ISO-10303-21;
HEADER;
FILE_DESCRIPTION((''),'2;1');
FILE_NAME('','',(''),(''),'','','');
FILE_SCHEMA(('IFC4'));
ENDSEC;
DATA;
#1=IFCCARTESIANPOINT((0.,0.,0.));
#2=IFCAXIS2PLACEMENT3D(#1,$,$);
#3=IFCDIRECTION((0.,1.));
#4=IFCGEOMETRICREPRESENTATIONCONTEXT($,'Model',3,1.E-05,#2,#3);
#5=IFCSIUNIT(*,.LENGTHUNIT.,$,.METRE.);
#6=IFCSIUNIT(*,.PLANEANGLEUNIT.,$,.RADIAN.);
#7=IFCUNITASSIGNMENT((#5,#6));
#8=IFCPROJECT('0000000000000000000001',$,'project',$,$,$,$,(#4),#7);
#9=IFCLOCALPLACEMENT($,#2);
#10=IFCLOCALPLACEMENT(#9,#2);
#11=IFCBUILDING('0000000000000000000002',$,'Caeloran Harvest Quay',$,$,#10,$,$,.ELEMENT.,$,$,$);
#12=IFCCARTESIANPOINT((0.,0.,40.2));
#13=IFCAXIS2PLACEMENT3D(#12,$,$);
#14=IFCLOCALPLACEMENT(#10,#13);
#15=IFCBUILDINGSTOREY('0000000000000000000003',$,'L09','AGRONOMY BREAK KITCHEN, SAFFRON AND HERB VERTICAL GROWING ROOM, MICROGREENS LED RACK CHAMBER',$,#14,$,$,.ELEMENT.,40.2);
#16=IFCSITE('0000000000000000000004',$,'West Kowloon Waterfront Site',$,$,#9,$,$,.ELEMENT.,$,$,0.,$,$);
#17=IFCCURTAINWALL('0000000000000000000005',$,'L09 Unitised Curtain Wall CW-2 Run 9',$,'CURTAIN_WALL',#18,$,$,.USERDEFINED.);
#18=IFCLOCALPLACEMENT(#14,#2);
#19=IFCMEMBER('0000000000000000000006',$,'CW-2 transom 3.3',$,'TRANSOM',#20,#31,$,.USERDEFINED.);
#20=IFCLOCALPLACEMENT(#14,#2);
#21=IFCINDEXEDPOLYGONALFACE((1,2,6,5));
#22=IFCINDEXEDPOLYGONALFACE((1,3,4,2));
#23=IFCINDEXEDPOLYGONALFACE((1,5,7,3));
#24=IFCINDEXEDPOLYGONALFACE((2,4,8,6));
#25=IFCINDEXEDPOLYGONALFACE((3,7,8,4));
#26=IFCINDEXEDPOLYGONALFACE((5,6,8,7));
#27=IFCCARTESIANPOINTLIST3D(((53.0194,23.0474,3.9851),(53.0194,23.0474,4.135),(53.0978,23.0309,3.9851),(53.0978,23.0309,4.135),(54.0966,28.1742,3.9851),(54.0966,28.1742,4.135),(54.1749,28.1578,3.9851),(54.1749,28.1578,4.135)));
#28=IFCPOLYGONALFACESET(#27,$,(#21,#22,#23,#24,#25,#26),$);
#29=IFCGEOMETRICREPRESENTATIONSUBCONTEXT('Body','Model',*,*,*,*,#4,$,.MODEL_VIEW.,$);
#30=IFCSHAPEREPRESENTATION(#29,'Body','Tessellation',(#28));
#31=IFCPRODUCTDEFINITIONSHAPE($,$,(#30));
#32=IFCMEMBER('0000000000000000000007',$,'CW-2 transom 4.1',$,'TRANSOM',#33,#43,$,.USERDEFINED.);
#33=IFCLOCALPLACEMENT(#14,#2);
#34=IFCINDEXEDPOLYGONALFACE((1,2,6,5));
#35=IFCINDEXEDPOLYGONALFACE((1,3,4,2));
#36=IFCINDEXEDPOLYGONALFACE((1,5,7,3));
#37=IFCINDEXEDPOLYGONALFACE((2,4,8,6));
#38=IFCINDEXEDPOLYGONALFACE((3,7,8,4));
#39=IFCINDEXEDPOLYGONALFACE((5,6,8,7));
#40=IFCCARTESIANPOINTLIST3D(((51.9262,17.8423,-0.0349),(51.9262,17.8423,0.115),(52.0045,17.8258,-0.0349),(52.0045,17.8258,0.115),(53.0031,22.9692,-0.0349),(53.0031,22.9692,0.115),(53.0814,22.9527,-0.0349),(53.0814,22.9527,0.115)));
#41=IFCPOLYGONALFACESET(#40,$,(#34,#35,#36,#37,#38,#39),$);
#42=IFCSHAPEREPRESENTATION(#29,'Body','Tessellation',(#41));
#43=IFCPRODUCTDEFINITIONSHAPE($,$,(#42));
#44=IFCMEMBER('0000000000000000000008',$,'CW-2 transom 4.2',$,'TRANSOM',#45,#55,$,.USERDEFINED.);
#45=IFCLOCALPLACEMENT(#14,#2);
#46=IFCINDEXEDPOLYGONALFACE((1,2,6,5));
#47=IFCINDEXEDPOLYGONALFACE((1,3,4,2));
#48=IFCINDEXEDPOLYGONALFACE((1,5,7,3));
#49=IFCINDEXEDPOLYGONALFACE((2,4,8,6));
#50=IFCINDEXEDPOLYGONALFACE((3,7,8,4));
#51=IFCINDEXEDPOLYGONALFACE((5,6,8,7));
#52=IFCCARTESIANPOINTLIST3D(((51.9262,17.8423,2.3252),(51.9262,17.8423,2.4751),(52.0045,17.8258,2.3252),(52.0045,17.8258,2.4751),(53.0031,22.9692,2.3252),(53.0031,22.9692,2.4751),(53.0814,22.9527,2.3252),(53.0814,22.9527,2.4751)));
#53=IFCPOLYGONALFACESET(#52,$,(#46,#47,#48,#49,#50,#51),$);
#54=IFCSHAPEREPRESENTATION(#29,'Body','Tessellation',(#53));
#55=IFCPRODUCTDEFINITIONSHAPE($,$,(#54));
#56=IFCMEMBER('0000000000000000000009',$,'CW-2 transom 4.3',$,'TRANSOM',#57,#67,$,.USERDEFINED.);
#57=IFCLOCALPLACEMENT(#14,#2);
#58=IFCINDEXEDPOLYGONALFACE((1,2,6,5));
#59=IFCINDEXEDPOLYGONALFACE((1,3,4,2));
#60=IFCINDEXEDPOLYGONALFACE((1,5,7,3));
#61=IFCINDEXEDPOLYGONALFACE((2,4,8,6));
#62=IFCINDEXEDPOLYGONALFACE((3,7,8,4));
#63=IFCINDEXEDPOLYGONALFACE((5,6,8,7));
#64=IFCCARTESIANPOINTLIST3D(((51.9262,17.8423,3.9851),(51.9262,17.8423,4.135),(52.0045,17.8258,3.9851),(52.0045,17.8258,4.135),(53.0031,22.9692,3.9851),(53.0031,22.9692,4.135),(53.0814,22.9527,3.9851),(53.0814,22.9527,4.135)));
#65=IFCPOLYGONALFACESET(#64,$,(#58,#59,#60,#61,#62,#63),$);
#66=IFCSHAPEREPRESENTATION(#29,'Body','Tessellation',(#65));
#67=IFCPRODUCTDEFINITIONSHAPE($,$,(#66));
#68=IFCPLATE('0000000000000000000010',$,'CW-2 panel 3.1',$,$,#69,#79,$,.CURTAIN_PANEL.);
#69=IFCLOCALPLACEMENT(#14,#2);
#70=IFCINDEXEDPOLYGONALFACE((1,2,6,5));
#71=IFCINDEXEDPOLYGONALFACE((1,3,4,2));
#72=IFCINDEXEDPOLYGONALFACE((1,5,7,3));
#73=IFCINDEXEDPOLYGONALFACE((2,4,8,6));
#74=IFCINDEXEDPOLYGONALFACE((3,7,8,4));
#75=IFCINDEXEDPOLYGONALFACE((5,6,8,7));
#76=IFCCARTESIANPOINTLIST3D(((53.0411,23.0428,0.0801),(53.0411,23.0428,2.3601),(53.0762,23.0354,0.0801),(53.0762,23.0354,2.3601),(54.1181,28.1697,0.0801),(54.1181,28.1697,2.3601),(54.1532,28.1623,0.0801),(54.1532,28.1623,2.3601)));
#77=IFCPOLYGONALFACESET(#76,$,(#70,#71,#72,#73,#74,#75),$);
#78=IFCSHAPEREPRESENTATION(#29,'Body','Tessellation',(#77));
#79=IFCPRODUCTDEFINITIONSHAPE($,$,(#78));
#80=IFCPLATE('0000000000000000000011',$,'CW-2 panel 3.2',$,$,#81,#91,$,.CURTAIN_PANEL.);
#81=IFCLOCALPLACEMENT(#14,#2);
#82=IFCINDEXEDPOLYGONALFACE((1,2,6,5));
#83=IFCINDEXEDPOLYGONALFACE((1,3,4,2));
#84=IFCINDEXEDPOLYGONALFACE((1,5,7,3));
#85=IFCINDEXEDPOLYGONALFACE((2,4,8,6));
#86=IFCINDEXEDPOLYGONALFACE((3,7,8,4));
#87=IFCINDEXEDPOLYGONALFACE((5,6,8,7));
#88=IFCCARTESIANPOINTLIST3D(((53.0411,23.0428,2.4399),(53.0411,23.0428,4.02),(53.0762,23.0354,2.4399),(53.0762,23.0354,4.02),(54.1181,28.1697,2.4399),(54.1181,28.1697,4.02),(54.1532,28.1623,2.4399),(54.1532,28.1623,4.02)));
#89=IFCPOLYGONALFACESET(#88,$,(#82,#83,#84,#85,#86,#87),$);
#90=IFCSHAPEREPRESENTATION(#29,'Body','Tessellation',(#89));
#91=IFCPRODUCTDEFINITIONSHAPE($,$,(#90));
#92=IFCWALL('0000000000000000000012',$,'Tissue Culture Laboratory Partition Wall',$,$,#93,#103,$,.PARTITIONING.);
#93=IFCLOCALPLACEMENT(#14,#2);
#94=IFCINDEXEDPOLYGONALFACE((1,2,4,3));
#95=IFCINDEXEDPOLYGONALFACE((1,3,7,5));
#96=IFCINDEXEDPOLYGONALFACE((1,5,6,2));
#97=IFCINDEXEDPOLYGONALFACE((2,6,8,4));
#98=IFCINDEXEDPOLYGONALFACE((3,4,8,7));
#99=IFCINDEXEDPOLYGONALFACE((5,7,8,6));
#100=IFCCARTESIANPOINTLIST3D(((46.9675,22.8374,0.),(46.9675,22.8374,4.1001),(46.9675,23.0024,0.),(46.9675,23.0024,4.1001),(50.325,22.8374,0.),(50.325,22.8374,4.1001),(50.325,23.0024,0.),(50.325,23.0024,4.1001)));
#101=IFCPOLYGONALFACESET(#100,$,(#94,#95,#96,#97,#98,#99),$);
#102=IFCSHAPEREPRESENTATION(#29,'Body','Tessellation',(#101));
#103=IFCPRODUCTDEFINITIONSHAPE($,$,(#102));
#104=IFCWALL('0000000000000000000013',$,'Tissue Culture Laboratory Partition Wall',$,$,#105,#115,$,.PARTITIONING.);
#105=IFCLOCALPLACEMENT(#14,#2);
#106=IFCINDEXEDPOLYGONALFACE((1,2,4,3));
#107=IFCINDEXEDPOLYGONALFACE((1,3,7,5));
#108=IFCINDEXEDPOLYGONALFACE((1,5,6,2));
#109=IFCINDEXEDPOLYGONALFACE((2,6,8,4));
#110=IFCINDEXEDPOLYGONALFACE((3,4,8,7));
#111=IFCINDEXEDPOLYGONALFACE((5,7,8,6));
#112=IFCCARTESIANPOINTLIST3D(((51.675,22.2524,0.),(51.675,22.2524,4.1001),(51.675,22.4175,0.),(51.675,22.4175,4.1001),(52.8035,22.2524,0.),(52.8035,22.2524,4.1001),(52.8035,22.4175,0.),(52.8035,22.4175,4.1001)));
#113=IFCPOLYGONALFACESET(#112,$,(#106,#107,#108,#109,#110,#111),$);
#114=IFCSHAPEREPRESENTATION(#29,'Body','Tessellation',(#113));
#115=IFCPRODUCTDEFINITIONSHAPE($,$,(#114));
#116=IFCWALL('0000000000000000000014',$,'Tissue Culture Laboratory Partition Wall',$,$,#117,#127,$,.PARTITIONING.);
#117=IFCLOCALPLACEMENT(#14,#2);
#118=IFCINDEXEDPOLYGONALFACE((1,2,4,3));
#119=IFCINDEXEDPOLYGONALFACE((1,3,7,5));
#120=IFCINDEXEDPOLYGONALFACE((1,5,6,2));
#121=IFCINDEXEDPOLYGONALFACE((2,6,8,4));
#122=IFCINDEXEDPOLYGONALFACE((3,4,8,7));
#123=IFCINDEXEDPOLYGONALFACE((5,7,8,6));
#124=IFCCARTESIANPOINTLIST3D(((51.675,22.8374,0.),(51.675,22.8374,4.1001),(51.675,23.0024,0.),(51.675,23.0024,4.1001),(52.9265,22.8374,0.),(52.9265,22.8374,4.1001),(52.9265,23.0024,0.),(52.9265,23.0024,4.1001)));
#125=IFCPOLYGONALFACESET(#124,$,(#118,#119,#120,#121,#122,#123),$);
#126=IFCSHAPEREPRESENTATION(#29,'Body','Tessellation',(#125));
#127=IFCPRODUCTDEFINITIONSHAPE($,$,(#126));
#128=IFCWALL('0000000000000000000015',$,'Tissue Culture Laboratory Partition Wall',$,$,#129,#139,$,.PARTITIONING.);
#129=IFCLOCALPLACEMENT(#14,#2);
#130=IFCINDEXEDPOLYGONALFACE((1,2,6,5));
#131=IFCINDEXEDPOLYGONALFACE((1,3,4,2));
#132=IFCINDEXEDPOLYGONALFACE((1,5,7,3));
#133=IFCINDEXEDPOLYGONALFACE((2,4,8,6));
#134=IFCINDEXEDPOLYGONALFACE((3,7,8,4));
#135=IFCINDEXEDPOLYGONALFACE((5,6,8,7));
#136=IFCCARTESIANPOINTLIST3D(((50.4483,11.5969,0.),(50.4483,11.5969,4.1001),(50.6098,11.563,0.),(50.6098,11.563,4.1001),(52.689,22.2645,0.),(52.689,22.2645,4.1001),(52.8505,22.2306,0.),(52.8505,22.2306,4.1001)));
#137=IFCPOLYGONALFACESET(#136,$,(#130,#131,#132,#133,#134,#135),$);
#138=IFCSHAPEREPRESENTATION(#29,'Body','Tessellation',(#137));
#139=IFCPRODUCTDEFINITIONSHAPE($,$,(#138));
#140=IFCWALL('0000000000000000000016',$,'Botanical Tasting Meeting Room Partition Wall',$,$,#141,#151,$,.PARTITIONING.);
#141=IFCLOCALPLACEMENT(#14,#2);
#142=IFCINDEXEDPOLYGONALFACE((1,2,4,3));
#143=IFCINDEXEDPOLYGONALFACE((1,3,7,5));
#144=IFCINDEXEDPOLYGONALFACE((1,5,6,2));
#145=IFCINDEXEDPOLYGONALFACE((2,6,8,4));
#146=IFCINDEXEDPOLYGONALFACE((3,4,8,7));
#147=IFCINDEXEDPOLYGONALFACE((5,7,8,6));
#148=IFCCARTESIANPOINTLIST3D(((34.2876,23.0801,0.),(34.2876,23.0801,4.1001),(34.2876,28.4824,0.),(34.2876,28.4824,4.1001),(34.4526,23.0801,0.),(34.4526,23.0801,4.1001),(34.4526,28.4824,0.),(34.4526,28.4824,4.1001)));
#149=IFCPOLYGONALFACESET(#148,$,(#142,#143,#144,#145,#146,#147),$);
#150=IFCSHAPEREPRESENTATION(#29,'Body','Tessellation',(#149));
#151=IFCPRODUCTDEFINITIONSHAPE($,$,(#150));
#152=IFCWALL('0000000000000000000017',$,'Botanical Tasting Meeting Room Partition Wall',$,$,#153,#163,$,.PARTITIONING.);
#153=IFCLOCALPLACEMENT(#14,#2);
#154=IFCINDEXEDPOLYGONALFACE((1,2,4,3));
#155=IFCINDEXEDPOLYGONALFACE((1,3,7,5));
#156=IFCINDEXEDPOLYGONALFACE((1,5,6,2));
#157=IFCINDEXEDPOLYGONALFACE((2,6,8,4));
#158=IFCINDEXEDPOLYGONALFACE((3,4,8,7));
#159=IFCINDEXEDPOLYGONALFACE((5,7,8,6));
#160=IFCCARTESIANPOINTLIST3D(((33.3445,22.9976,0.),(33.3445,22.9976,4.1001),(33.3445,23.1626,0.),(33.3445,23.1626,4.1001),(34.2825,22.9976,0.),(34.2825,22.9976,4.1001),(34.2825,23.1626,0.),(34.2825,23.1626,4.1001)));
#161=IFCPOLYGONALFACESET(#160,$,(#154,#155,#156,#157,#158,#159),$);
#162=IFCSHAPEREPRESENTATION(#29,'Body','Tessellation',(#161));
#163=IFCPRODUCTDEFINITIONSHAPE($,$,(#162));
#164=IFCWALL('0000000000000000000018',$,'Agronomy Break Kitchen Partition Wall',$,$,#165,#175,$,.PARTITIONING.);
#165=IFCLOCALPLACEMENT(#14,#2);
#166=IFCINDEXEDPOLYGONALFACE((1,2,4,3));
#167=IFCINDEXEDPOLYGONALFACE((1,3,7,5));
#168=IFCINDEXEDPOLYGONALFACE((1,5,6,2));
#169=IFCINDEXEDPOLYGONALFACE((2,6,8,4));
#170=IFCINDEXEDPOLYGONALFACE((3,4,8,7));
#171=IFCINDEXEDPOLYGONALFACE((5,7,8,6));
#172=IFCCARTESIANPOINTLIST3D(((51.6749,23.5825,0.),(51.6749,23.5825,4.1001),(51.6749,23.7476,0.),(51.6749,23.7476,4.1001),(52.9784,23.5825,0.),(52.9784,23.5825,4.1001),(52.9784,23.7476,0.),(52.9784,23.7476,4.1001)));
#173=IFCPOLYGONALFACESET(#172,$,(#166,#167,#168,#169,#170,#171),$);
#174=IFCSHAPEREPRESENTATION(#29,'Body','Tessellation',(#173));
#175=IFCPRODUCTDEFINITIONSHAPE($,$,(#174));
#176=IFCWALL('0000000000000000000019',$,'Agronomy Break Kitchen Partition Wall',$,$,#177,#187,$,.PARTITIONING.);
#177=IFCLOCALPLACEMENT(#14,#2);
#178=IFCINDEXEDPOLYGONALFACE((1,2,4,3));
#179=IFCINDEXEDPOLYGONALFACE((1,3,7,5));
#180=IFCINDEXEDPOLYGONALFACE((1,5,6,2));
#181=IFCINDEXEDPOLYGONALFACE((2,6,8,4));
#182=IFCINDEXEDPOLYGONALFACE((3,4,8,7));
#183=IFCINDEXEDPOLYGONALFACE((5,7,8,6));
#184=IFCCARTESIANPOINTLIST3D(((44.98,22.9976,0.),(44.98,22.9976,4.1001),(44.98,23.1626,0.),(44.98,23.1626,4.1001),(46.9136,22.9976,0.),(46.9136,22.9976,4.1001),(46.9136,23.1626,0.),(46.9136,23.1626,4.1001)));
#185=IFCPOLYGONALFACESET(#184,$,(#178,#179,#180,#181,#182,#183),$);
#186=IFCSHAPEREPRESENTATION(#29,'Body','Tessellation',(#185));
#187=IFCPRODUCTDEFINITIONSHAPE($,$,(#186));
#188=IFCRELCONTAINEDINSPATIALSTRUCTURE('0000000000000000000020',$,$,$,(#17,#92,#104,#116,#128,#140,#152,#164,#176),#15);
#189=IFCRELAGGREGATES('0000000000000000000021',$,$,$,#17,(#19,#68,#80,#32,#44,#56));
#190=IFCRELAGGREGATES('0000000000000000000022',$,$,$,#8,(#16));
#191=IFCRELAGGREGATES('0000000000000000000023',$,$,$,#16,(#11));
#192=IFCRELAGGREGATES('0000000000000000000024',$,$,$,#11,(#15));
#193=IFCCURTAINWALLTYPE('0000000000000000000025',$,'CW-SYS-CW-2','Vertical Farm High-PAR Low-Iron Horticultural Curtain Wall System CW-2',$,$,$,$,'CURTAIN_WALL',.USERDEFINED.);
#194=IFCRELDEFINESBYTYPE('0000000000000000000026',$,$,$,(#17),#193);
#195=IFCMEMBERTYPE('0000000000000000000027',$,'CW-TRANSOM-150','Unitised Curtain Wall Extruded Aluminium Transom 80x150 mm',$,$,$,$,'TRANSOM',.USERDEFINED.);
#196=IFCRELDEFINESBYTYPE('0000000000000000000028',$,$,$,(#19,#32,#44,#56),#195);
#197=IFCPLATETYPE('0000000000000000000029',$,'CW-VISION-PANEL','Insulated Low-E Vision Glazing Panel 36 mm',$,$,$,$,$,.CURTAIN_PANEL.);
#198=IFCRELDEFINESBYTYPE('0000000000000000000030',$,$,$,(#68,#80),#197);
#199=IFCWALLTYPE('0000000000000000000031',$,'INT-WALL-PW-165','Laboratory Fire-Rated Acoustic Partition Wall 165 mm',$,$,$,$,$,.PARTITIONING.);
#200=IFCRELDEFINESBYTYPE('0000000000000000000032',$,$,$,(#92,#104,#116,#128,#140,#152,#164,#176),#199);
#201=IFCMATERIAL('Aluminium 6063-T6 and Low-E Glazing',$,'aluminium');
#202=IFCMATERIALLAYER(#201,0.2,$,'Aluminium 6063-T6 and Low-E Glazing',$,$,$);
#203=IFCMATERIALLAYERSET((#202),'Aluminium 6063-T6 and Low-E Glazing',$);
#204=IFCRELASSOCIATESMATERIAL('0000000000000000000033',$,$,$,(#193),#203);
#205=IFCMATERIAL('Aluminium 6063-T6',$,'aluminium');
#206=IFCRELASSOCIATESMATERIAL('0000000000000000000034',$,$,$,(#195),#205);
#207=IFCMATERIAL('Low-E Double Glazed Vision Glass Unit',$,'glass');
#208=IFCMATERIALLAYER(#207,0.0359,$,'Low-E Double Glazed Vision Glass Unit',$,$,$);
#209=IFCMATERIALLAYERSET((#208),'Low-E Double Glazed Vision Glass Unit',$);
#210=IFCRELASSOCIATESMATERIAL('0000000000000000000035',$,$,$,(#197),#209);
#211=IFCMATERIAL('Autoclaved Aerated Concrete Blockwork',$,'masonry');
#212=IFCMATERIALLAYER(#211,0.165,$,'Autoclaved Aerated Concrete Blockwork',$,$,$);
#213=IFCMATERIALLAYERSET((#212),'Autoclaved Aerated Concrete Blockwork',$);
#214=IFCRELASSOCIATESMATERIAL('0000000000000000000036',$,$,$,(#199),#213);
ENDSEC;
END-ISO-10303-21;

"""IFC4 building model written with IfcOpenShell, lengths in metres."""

from ifc_helpers import new_model, si_unit, direction, frame, frame_2d, origin, origin_2d, place, context, subcontext, project, spatial, rectangle, extrude, material, layer, layer_set, material_profile, profile_set, type_object, element, aggregate, save


model = new_model("IFC4")

# Units and contexts
model_context = context("Model", 3, precision=1e-05, world=origin(), true_north=direction((0.0, 1.0)))
body_context = subcontext(model_context, "Body", "Model", "MODEL_VIEW")
ifc_project = project(units=[si_unit("LENGTHUNIT", "METRE"), si_unit("PLANEANGLEUNIT", "RADIAN")], contexts=[model_context])

# Site, building, storey
site_placement = place(None, origin())
site = spatial("IfcSite", under=ifc_project, at=site_placement, Name="West Kowloon Waterfront Site", CompositionType="ELEMENT", RefElevation=0.0)
building_placement = place(site_placement, origin())
building = spatial("IfcBuilding", under=site, at=building_placement, Name="Caeloran Harvest Quay", CompositionType="ELEMENT")
storey_placement = place(building_placement, frame((0.0, 0.0, 40.2)))
storey = spatial("IfcBuildingStorey", under=building, at=storey_placement, Name="L09", Description="AGRONOMY BREAK KITCHEN, SAFFRON AND HERB VERTICAL GROWING ROOM, MICROGREENS LED RACK CHAMBER", CompositionType="ELEMENT", Elevation=40.2)

# Curtain wall, members, plates
ifc_material_1 = material(Name="Aluminium 6063-T6 and Low-E Glazing", Category="aluminium")
ifc_layer_1 = layer(ifc_material_1, 0.2, Name="Aluminium 6063-T6 and Low-E Glazing")
ifc_layer_set_1 = layer_set([ifc_layer_1], Name="Aluminium 6063-T6 and Low-E Glazing")
curtain_wall_type = type_object("IfcCurtainWallType", Name="CW-SYS-CW-2", Description="Vertical Farm High-PAR Low-Iron Horticultural Curtain Wall System CW-2", ElementType="CURTAIN_WALL", PredefinedType="USERDEFINED", material=ifc_layer_set_1)
curtain_wall_placement = place(storey_placement, origin())
curtain_wall = element("IfcCurtainWall", 1, at=curtain_wall_placement, inside=storey, type_object=curtain_wall_type, Name="L09 Unitised Curtain Wall CW-2 Run 9", ObjectType="CURTAIN_WALL", PredefinedType="USERDEFINED")
ifc_material_2 = material(Name="Aluminium 6063-T6", Category="aluminium")
ifc_material_profile_1 = material_profile(ifc_material_2, rectangle(XDim=0.0801, YDim=0.1499, at=origin_2d()), Name="CW-TRANSOM-150")
ifc_profile_set_1 = profile_set([ifc_material_profile_1], Name="Aluminium 6063-T6")
member_type_1 = type_object("IfcMemberType", Name="CW-TRANSOM-150", Description="Unitised Curtain Wall Extruded Aluminium Transom 80x150 mm", ElementType="TRANSOM", PredefinedType="USERDEFINED", material=ifc_profile_set_1)
member_1_placement = place(storey_placement, frame((54.1357, 28.166, 4.0601), z_axis=(-0.205607, -0.978635, 0.0), x_axis=(0.978635, -0.205607, 0.0)))
member_1 = element("IfcMember", 2, at=member_1_placement, type_object=member_type_1, Name="CW-2 transom 3.3", ObjectType="TRANSOM", PredefinedType="USERDEFINED", context=body_context, shape_type="SweptSolid", body=[
    extrude(rectangle(XDim=0.0801, YDim=0.1499, at=origin_2d()), origin(), (0.0, 0.0, 1.0), 5.2388),
])
member_2_placement = place(storey_placement, frame((53.0422, 22.9609, 0.04), z_axis=(-0.205562, -0.978644, 0.0), x_axis=(0.978644, -0.205562, 0.0)))
member_2 = element("IfcMember", 3, at=member_2_placement, type_object=member_type_1, Name="CW-2 transom 4.1", ObjectType="TRANSOM", PredefinedType="USERDEFINED", context=body_context, shape_type="SweptSolid", body=[
    extrude(rectangle(XDim=0.0801, YDim=0.1499, at=origin_2d()), origin(), (0.0, 0.0, 1.0), 5.2388),
])
member_3_placement = place(storey_placement, frame((53.0422, 22.9609, 2.4001), z_axis=(-0.205562, -0.978644, 0.0), x_axis=(0.978644, -0.205562, 0.0)))
member_3 = element("IfcMember", 4, at=member_3_placement, type_object=member_type_1, Name="CW-2 transom 4.2", ObjectType="TRANSOM", PredefinedType="USERDEFINED", context=body_context, shape_type="SweptSolid", body=[
    extrude(rectangle(XDim=0.0801, YDim=0.1499, at=origin_2d()), origin(), (0.0, 0.0, 1.0), 5.2388),
])
member_4_placement = place(storey_placement, frame((53.0422, 22.9609, 4.0601), z_axis=(-0.205562, -0.978644, 0.0), x_axis=(0.978644, -0.205562, 0.0)))
member_4 = element("IfcMember", 5, at=member_4_placement, type_object=member_type_1, Name="CW-2 transom 4.3", ObjectType="TRANSOM", PredefinedType="USERDEFINED", context=body_context, shape_type="SweptSolid", body=[
    extrude(rectangle(XDim=0.0801, YDim=0.1499, at=origin_2d()), origin(), (0.0, 0.0, 1.0), 5.2388),
])
ifc_material_3 = material(Name="Low-E Double Glazed Vision Glass Unit", Category="glass")
ifc_layer_2 = layer(ifc_material_3, 0.0359, Name="Low-E Double Glazed Vision Glass Unit")
ifc_layer_set_2 = layer_set([ifc_layer_2], Name="Low-E Double Glazed Vision Glass Unit")
plate_type = type_object("IfcPlateType", Name="CW-VISION-PANEL", Description="Insulated Low-E Vision Glazing Panel 36 mm", PredefinedType="CURTAIN_PANEL", material=ifc_layer_set_2)
plate_1_placement = place(storey_placement, frame((53.5972, 25.6025, 0.0801), z_axis=(0.0, 0.0, 1.0), x_axis=(-0.205583, -0.97864, 0.0)))
plate_1 = element("IfcPlate", 6, at=plate_1_placement, type_object=plate_type, Name="CW-2 panel 3.1", PredefinedType="CURTAIN_PANEL", context=body_context, shape_type="SweptSolid", body=[
    extrude(rectangle(XDim=5.2388, YDim=0.0359, at=origin_2d()), origin(), (0.0, 0.0, 1.0), 2.28),
])
plate_2_placement = place(storey_placement, frame((53.5972, 25.6025, 2.4399), z_axis=(0.0, 0.0, 1.0), x_axis=(-0.205583, -0.97864, 0.0)))
plate_2 = element("IfcPlate", 7, at=plate_2_placement, type_object=plate_type, Name="CW-2 panel 3.2", PredefinedType="CURTAIN_PANEL", context=body_context, shape_type="SweptSolid", body=[
    extrude(rectangle(XDim=5.2388, YDim=0.0359, at=origin_2d()), origin(), (0.0, 0.0, 1.0), 1.5801),
])
aggregate(curtain_wall, [member_1, plate_1, plate_2, member_2, member_3, member_4])

# Walls
ifc_material_4 = material(Name="Autoclaved Aerated Concrete Blockwork", Category="masonry")
ifc_layer_3 = layer(ifc_material_4, 0.165, Name="Autoclaved Aerated Concrete Blockwork")
ifc_layer_set_3 = layer_set([ifc_layer_3], Name="Autoclaved Aerated Concrete Blockwork")
wall_type = type_object("IfcWallType", Name="INT-WALL-PW-165", Description="Laboratory Fire-Rated Acoustic Partition Wall 165 mm", PredefinedType="PARTITIONING", material=ifc_layer_set_3)
wall_1_placement = place(storey_placement, frame((46.9675, 22.9199, 0.0), z_axis=(0.0, 0.0, 1.0), x_axis=(1.0, 0.0, 0.0)))
element("IfcWall", 8, at=wall_1_placement, inside=storey, type_object=wall_type, Name="Tissue Culture Laboratory Partition Wall", PredefinedType="PARTITIONING", context=body_context, shape_type="SweptSolid", body=[
    extrude(rectangle(XDim=3.3574, YDim=0.165, at=frame_2d((1.6787, 0.0))), origin(), (0.0, 0.0, 1.0), 4.1001),
])
wall_2_placement = place(storey_placement, frame((51.675, 22.335, 0.0), z_axis=(0.0, 0.0, 1.0), x_axis=(1.0, 0.0, 0.0)))
element("IfcWall", 9, at=wall_2_placement, inside=storey, type_object=wall_type, Name="Tissue Culture Laboratory Partition Wall", PredefinedType="PARTITIONING", context=body_context, shape_type="SweptSolid", body=[
    extrude(rectangle(XDim=1.1284, YDim=0.165, at=frame_2d((0.5642, 0.0))), origin(), (0.0, 0.0, 1.0), 4.1001),
])
wall_3_placement = place(storey_placement, frame((51.675, 22.9199, 0.0), z_axis=(0.0, 0.0, 1.0), x_axis=(1.0, 0.0, 0.0)))
element("IfcWall", 10, at=wall_3_placement, inside=storey, type_object=wall_type, Name="Tissue Culture Laboratory Partition Wall", PredefinedType="PARTITIONING", context=body_context, shape_type="SweptSolid", body=[
    extrude(rectangle(XDim=1.2515, YDim=0.165, at=frame_2d((0.6257, 0.0))), origin(), (0.0, 0.0, 1.0), 4.1001),
])
wall_4_placement = place(storey_placement, frame((52.7698, 22.2476, 0.0), z_axis=(0.0, 0.0, 1.0), x_axis=(-0.205566, -0.978643, 0.0)))
element("IfcWall", 11, at=wall_4_placement, inside=storey, type_object=wall_type, Name="Tissue Culture Laboratory Partition Wall", PredefinedType="PARTITIONING", context=body_context, shape_type="SweptSolid", body=[
    extrude(rectangle(XDim=10.9004, YDim=0.165, at=frame_2d((5.4502, 0.0))), origin(), (0.0, 0.0, 1.0), 4.1001),
])
wall_5_placement = place(storey_placement, frame((34.3701, 28.4824, 0.0), z_axis=(0.0, 0.0, 1.0), x_axis=(0.0, -1.0, 0.0)))
element("IfcWall", 12, at=wall_5_placement, inside=storey, type_object=wall_type, Name="Botanical Tasting Meeting Room Partition Wall", PredefinedType="PARTITIONING", context=body_context, shape_type="SweptSolid", body=[
    extrude(rectangle(XDim=5.4023, YDim=0.165, at=frame_2d((2.7012, 0.0))), origin(), (0.0, 0.0, 1.0), 4.1001),
])
wall_6_placement = place(storey_placement, frame((34.2825, 23.0801, 0.0), z_axis=(0.0, 0.0, 1.0), x_axis=(-1.0, 0.0, 0.0)))
element("IfcWall", 13, at=wall_6_placement, inside=storey, type_object=wall_type, Name="Botanical Tasting Meeting Room Partition Wall", PredefinedType="PARTITIONING", context=body_context, shape_type="SweptSolid", body=[
    extrude(rectangle(XDim=0.938, YDim=0.165, at=frame_2d((0.469, 0.0))), origin(), (0.0, 0.0, 1.0), 4.1001),
])
wall_7_placement = place(storey_placement, frame((52.9785, 23.665, 0.0), z_axis=(0.0, 0.0, 1.0), x_axis=(-1.0, 0.0, 0.0)))
element("IfcWall", 14, at=wall_7_placement, inside=storey, type_object=wall_type, Name="Agronomy Break Kitchen Partition Wall", PredefinedType="PARTITIONING", context=body_context, shape_type="SweptSolid", body=[
    extrude(rectangle(XDim=1.3035, YDim=0.165, at=frame_2d((0.6519, 0.0))), origin(), (0.0, 0.0, 1.0), 4.1001),
])
wall_8_placement = place(storey_placement, frame((46.9136, 23.0801, 0.0), z_axis=(0.0, 0.0, 1.0), x_axis=(-1.0, 0.0, 0.0)))
element("IfcWall", 15, at=wall_8_placement, inside=storey, type_object=wall_type, Name="Agronomy Break Kitchen Partition Wall", PredefinedType="PARTITIONING", context=body_context, shape_type="SweptSolid", body=[
    extrude(rectangle(XDim=1.9336, YDim=0.165, at=frame_2d((0.9668, 0.0))), origin(), (0.0, 0.0, 1.0), 4.1001),
])

save(model, "model.ifc")
